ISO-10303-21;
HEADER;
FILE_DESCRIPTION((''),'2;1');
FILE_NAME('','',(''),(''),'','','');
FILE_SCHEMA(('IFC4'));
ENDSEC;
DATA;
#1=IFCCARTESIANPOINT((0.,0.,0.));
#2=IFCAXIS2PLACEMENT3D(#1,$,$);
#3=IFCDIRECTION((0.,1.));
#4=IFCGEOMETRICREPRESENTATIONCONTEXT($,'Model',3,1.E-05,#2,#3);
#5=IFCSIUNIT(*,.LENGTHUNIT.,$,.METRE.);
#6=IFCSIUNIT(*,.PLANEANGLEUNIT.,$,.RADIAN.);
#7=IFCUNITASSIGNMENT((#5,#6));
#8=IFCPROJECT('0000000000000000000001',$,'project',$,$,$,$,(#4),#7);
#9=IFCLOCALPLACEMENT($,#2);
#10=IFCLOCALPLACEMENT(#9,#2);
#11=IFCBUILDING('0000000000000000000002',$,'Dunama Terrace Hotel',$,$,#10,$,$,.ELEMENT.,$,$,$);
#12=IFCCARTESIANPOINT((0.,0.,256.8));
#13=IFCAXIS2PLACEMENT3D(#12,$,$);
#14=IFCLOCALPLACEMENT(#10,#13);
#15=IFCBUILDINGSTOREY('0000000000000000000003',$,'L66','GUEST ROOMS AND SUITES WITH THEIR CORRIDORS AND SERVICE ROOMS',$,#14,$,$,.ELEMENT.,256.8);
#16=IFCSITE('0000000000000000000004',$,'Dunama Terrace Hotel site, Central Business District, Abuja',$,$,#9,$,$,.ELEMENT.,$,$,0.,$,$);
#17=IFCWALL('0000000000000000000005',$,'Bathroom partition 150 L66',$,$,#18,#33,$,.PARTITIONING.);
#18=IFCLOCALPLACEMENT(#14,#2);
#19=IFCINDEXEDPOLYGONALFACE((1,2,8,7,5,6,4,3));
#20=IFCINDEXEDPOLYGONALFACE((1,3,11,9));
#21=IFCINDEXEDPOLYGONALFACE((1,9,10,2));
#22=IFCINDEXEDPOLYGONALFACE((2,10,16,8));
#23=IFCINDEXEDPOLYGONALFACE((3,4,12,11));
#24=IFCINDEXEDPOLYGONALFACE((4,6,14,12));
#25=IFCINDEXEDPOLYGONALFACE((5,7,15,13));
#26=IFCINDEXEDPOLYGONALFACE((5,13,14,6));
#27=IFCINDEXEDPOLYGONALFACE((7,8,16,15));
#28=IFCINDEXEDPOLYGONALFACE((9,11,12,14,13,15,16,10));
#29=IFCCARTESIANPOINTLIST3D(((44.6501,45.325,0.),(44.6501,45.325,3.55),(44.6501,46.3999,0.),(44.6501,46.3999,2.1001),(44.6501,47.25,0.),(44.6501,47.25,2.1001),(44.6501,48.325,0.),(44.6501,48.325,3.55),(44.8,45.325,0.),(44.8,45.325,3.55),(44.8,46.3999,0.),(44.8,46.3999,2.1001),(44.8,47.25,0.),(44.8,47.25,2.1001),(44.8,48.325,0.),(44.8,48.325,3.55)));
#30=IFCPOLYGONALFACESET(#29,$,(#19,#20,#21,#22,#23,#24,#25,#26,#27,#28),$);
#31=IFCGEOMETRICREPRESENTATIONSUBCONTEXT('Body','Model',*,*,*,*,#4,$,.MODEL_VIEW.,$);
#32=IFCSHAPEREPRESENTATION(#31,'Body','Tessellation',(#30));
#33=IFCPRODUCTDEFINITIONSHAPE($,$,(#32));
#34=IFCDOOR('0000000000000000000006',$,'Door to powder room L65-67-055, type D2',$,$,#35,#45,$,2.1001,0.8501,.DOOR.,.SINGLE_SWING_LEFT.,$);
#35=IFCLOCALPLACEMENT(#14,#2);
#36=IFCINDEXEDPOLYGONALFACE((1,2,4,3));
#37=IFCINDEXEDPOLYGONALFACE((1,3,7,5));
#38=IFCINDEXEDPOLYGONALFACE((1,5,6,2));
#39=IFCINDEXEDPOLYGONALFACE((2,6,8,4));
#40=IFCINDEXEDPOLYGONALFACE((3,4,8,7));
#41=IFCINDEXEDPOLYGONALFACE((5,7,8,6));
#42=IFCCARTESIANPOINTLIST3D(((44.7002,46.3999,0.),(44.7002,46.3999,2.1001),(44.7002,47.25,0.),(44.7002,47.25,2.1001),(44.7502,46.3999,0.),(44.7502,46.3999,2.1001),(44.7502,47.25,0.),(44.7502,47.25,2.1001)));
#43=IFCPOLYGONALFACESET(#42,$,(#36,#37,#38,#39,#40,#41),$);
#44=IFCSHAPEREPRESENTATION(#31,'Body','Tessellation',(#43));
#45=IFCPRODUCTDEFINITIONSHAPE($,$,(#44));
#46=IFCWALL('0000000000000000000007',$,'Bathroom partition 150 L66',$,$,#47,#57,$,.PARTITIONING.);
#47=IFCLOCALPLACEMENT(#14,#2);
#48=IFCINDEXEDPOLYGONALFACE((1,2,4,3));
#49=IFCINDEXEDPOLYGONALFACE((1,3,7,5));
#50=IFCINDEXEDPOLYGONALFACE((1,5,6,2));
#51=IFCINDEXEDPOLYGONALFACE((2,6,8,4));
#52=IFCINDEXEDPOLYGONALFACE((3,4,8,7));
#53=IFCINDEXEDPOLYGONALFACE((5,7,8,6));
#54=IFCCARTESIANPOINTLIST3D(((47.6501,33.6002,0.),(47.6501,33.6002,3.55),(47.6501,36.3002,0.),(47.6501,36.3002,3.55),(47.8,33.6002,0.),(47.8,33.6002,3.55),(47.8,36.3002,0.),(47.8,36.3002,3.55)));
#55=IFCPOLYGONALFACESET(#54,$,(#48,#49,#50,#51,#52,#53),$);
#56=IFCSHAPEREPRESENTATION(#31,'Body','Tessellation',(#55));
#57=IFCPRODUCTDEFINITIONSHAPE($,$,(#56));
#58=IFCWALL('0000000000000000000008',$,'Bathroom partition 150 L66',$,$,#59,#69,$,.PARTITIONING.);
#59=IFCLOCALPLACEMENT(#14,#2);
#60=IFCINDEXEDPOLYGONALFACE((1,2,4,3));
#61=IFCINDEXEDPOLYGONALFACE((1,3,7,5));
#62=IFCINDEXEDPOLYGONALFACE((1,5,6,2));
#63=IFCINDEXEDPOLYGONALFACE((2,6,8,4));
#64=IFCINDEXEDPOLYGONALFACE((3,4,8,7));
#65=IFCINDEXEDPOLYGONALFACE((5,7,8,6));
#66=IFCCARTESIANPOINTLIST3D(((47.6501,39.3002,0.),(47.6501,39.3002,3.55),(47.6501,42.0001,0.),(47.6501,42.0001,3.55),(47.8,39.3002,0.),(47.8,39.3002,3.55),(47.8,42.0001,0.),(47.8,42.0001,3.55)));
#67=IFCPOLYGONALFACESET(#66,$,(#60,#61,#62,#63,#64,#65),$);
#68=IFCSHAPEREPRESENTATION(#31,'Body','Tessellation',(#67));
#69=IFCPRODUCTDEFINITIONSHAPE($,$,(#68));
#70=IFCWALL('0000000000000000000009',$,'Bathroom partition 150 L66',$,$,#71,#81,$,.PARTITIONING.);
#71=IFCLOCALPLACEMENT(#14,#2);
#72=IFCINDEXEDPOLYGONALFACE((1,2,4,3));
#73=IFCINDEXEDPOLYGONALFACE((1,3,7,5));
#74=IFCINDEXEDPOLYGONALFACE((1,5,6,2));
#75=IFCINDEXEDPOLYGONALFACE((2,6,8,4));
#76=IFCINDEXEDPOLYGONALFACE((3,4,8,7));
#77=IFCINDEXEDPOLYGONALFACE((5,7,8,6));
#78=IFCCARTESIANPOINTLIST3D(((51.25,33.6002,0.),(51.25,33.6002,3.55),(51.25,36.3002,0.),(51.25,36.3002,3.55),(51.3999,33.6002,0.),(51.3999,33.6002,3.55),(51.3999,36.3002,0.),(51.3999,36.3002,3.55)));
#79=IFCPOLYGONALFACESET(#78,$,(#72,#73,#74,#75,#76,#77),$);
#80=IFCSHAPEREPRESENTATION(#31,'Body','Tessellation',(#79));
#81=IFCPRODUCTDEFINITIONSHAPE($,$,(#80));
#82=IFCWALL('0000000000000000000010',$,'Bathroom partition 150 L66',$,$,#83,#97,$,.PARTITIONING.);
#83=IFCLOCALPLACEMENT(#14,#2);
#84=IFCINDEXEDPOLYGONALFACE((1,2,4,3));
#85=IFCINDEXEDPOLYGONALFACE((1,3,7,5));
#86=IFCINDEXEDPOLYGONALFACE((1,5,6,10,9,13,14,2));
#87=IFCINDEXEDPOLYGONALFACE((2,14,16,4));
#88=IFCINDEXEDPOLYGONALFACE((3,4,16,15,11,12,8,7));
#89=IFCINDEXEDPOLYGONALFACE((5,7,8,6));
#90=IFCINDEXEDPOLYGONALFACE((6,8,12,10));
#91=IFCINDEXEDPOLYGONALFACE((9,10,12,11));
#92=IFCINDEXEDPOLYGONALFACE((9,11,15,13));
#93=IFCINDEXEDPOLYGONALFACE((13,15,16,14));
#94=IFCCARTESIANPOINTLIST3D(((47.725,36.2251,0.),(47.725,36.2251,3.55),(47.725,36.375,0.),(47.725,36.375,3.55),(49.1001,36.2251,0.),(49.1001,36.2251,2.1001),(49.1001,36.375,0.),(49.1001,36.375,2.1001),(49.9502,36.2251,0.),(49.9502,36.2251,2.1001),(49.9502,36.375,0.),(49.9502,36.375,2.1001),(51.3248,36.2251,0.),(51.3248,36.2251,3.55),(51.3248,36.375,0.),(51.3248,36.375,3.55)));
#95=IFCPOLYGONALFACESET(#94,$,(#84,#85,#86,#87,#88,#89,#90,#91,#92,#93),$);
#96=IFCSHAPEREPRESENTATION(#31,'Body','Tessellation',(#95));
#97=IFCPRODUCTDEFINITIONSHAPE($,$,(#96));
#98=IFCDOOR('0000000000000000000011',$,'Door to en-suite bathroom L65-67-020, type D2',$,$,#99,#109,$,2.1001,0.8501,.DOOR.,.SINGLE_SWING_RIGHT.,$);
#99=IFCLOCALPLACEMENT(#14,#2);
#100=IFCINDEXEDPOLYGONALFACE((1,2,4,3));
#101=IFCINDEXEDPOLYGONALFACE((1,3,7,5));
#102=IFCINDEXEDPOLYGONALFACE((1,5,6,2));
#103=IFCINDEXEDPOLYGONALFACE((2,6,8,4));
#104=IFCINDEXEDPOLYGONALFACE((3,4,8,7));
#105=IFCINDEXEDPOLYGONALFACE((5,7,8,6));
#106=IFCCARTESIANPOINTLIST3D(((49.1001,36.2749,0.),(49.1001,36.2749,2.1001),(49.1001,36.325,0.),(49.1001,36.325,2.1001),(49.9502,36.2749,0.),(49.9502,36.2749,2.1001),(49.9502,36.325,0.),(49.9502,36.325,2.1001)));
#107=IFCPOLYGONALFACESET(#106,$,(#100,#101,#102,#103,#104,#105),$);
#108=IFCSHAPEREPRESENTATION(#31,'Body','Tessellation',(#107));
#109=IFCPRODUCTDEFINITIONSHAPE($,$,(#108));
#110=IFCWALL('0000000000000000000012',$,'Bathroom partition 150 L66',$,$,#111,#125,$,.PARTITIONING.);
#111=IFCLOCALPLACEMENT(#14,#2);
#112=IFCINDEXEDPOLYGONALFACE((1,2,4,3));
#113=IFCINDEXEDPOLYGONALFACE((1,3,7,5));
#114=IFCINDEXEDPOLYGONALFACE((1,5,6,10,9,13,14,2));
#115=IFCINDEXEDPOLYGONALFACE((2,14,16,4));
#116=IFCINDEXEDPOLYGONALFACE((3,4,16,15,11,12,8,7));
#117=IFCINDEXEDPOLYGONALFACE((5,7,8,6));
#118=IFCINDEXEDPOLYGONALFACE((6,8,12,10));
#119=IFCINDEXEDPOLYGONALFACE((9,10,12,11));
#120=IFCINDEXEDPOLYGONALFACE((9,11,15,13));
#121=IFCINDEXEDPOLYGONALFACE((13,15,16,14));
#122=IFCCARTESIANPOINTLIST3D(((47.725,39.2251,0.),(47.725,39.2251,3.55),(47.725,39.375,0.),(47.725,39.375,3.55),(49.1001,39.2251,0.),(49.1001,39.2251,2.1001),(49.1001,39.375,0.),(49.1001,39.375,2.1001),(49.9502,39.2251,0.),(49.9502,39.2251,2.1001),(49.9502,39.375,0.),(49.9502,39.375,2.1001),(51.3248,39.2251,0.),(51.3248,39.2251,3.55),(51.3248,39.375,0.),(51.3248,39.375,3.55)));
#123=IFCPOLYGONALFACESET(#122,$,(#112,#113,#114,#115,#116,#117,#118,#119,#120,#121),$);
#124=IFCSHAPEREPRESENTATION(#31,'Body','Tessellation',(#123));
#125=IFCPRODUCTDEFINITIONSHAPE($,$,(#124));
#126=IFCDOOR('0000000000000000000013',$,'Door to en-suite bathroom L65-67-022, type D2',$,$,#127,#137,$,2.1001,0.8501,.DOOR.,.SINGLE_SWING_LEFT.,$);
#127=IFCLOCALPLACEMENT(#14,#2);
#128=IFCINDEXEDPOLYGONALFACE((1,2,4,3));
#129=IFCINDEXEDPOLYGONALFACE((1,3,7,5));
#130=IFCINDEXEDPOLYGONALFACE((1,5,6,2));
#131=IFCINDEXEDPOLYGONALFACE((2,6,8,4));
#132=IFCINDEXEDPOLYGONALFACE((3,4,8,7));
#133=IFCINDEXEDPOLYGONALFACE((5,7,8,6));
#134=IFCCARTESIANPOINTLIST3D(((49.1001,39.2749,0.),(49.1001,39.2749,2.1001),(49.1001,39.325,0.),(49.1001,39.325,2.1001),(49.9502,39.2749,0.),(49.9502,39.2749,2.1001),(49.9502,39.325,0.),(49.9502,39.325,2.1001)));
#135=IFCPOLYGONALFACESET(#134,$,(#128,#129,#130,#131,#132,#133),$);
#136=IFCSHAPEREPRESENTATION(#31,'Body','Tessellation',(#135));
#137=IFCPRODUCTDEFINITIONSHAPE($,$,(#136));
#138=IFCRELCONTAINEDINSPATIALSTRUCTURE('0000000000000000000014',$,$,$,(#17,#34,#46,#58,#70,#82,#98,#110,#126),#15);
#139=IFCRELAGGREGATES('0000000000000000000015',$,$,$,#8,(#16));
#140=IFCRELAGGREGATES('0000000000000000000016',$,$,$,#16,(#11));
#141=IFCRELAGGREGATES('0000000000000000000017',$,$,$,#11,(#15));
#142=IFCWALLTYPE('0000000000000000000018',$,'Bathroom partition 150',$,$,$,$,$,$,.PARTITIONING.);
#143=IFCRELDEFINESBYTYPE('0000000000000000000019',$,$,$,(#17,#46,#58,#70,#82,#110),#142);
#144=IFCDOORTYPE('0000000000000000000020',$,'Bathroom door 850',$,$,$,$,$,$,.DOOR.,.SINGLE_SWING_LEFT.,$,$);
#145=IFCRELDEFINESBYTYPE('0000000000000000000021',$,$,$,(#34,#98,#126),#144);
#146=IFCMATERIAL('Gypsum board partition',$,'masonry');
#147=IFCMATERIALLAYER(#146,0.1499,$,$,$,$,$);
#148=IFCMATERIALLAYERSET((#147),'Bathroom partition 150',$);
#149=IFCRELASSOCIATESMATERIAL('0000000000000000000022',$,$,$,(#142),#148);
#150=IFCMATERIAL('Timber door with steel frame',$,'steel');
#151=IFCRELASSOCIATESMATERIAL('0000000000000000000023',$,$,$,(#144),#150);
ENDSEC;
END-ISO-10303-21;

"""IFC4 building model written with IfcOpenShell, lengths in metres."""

from ifc_helpers import new_model, si_unit, direction, frame, frame_2d, origin, place, context, subcontext, project, spatial, rectangle, extrude, material, layer, layer_set, type_object, element, fill, save


model = new_model("IFC4")

# Units and contexts
model_context = context("Model", 3, precision=1e-05, world=origin(), true_north=direction((0.0, 1.0)))
body_context = subcontext(model_context, "Body", "Model", "MODEL_VIEW")
ifc_project = project(units=[si_unit("LENGTHUNIT", "METRE"), si_unit("PLANEANGLEUNIT", "RADIAN")], contexts=[model_context])

# Site, building, storey
site_placement = place(None, origin())
site = spatial("IfcSite", under=ifc_project, at=site_placement, Name="Dunama Terrace Hotel site, Central Business District, Abuja", CompositionType="ELEMENT", RefElevation=0.0)
building_placement = place(site_placement, origin())
building = spatial("IfcBuilding", under=site, at=building_placement, Name="Dunama Terrace Hotel", CompositionType="ELEMENT")
storey_placement = place(building_placement, frame((0.0, 0.0, 256.8)))
storey = spatial("IfcBuildingStorey", under=building, at=storey_placement, Name="L66", Description="GUEST ROOMS AND SUITES WITH THEIR CORRIDORS AND SERVICE ROOMS", CompositionType="ELEMENT", Elevation=256.8)

# Wall, opening, door
ifc_material_1 = material(Name="Gypsum board partition", Category="masonry")
ifc_layer_1 = layer(ifc_material_1, 0.1499)
ifc_layer_set_1 = layer_set([ifc_layer_1], Name="Bathroom partition 150")
wall_type_1 = type_object("IfcWallType", Name="Bathroom partition 150", PredefinedType="PARTITIONING", material=ifc_layer_set_1)
wall_1_placement = place(storey_placement, frame((44.7251, 45.325, 0.0), z_axis=(0.0, 0.0, 1.0), x_axis=(0.0, 1.0, 0.0)))
wall_1 = element("IfcWall", 1, at=wall_1_placement, inside=storey, type_object=wall_type_1, Name="Bathroom partition 150 L66", PredefinedType="PARTITIONING", context=body_context, shape_type="SweptSolid", body=[
    extrude(rectangle(XDim=3.0, YDim=0.1499, at=frame_2d((1.5, 0.0))), origin(), (0.0, 0.0, 1.0), 3.55),
])
opening_1_placement = place(wall_1_placement, frame((1.075, 0.0, 0.0)))
opening_1 = element("IfcOpeningElement", 2, at=opening_1_placement, cuts=wall_1, PredefinedType="OPENING", context=body_context, shape_type="SweptSolid", body=[
    extrude(rectangle(XDim=0.8501, YDim=2.1001, at=frame_2d((0.425, 1.05))), frame((0.0, 0.085, 0.0), z_axis=(0.0, -1.0, 0.0), x_axis=(1.0, 0.0, 0.0)), (0.0, 0.0, 1.0), 0.1699),
])
ifc_material_2 = material(Name="Timber door with steel frame", Category="steel")
door_type_1 = type_object("IfcDoorType", Name="Bathroom door 850", OperationType="SINGLE_SWING_LEFT", PredefinedType="DOOR", material=ifc_material_2)
door_1_placement = place(opening_1_placement, origin())
door_1 = element("IfcDoor", 3, at=door_1_placement, inside=storey, type_object=door_type_1, Name="Door to powder room L65-67-055, type D2", OperationType="SINGLE_SWING_LEFT", OverallHeight=2.1001, OverallWidth=0.8501, PredefinedType="DOOR", context=body_context, shape_type="SweptSolid", body=[
    extrude(rectangle(XDim=0.8501, YDim=2.1001, at=frame_2d((0.425, 1.05))), frame((0.0, 0.0249, 0.0), z_axis=(0.0, -1.0, 0.0), x_axis=(1.0, 0.0, 0.0)), (0.0, 0.0, 1.0), 0.05),
])
fill(opening_1, door_1)

# Walls
for number, where, z_axis, x_axis, name in (
    (4, (47.7251, 33.6001, 0.0), (0.0, 0.0, 1.0), (0.0, 1.0, 0.0), "Bathroom partition 150 L66"),
    (5, (47.7251, 39.3, 0.0), (0.0, 0.0, 1.0), (0.0, 1.0, 0.0), "Bathroom partition 150 L66"),
    (6, (51.325, 33.6001, 0.0), (0.0, 0.0, 1.0), (0.0, 1.0, 0.0), "Bathroom partition 150 L66"),
):
    element("IfcWall", number, at=place(storey_placement, frame(where, z_axis=z_axis, x_axis=x_axis)), inside=storey, type_object=wall_type_1, Name=name, PredefinedType="PARTITIONING", context=body_context, shape_type="SweptSolid", body=[
        extrude(rectangle(XDim=2.7, YDim=0.1499, at=frame_2d((1.3501, 0.0))), origin(), (0.0, 0.0, 1.0), 3.55),
    ])

# Walls, openings, doors
wall_2_placement = place(storey_placement, frame((47.7251, 36.3, 0.0), z_axis=(0.0, 0.0, 1.0), x_axis=(1.0, 0.0, 0.0)))
wall_2 = element("IfcWall", 7, at=wall_2_placement, inside=storey, type_object=wall_type_1, Name="Bathroom partition 150 L66", PredefinedType="PARTITIONING", context=body_context, shape_type="SweptSolid", body=[
    extrude(rectangle(XDim=3.5999, YDim=0.1499, at=frame_2d((1.7998, 0.0))), origin(), (0.0, 0.0, 1.0), 3.55),
])
opening_2_placement = place(wall_2_placement, frame((1.375, 0.0, 0.0)))
opening_2 = element("IfcOpeningElement", 8, at=opening_2_placement, cuts=wall_2, PredefinedType="OPENING", context=body_context, shape_type="SweptSolid", body=[
    extrude(rectangle(XDim=0.8501, YDim=2.1001, at=frame_2d((0.425, 1.05))), frame((0.0, 0.085, 0.0), z_axis=(0.0, -1.0, 0.0), x_axis=(1.0, 0.0, 0.0)), (0.0, 0.0, 1.0), 0.1699),
])
door_2_placement = place(opening_2_placement, frame((0.8501, 0.0, 0.0), z_axis=(0.0, 0.0, 1.0), x_axis=(-1.0, 0.0, 0.0)))
door_2 = element("IfcDoor", 9, at=door_2_placement, inside=storey, type_object=door_type_1, Name="Door to en-suite bathroom L65-67-020, type D2", OperationType="SINGLE_SWING_RIGHT", OverallHeight=2.1001, OverallWidth=0.8501, PredefinedType="DOOR", context=body_context, shape_type="SweptSolid", body=[
    extrude(rectangle(XDim=0.8501, YDim=2.1001, at=frame_2d((0.425, 1.05))), frame((0.0, 0.0251, 0.0), z_axis=(0.0, -1.0, 0.0), x_axis=(1.0, 0.0, 0.0)), (0.0, 0.0, 1.0), 0.05),
])
fill(opening_2, door_2)
wall_3_placement = place(storey_placement, frame((47.7251, 39.3, 0.0), z_axis=(0.0, 0.0, 1.0), x_axis=(1.0, 0.0, 0.0)))
wall_3 = element("IfcWall", 10, at=wall_3_placement, inside=storey, type_object=wall_type_1, Name="Bathroom partition 150 L66", PredefinedType="PARTITIONING", context=body_context, shape_type="SweptSolid", body=[
    extrude(rectangle(XDim=3.5999, YDim=0.1499, at=frame_2d((1.7998, 0.0))), origin(), (0.0, 0.0, 1.0), 3.55),
])
opening_3_placement = place(wall_3_placement, frame((1.375, 0.0, 0.0)))
opening_3 = element("IfcOpeningElement", 11, at=opening_3_placement, cuts=wall_3, PredefinedType="OPENING", context=body_context, shape_type="SweptSolid", body=[
    extrude(rectangle(XDim=0.8501, YDim=2.1001, at=frame_2d((0.425, 1.05))), frame((0.0, 0.085, 0.0), z_axis=(0.0, -1.0, 0.0), x_axis=(1.0, 0.0, 0.0)), (0.0, 0.0, 1.0), 0.1699),
])
door_3_placement = place(opening_3_placement, origin())
door_3 = element("IfcDoor", 12, at=door_3_placement, inside=storey, type_object=door_type_1, Name="Door to en-suite bathroom L65-67-022, type D2", OperationType="SINGLE_SWING_LEFT", OverallHeight=2.1001, OverallWidth=0.8501, PredefinedType="DOOR", context=body_context, shape_type="SweptSolid", body=[
    extrude(rectangle(XDim=0.8501, YDim=2.1001, at=frame_2d((0.425, 1.05))), frame((0.0, 0.0249, 0.0), z_axis=(0.0, -1.0, 0.0), x_axis=(1.0, 0.0, 0.0)), (0.0, 0.0, 1.0), 0.05),
])
fill(opening_3, door_3)

save(model, "model.ifc")
